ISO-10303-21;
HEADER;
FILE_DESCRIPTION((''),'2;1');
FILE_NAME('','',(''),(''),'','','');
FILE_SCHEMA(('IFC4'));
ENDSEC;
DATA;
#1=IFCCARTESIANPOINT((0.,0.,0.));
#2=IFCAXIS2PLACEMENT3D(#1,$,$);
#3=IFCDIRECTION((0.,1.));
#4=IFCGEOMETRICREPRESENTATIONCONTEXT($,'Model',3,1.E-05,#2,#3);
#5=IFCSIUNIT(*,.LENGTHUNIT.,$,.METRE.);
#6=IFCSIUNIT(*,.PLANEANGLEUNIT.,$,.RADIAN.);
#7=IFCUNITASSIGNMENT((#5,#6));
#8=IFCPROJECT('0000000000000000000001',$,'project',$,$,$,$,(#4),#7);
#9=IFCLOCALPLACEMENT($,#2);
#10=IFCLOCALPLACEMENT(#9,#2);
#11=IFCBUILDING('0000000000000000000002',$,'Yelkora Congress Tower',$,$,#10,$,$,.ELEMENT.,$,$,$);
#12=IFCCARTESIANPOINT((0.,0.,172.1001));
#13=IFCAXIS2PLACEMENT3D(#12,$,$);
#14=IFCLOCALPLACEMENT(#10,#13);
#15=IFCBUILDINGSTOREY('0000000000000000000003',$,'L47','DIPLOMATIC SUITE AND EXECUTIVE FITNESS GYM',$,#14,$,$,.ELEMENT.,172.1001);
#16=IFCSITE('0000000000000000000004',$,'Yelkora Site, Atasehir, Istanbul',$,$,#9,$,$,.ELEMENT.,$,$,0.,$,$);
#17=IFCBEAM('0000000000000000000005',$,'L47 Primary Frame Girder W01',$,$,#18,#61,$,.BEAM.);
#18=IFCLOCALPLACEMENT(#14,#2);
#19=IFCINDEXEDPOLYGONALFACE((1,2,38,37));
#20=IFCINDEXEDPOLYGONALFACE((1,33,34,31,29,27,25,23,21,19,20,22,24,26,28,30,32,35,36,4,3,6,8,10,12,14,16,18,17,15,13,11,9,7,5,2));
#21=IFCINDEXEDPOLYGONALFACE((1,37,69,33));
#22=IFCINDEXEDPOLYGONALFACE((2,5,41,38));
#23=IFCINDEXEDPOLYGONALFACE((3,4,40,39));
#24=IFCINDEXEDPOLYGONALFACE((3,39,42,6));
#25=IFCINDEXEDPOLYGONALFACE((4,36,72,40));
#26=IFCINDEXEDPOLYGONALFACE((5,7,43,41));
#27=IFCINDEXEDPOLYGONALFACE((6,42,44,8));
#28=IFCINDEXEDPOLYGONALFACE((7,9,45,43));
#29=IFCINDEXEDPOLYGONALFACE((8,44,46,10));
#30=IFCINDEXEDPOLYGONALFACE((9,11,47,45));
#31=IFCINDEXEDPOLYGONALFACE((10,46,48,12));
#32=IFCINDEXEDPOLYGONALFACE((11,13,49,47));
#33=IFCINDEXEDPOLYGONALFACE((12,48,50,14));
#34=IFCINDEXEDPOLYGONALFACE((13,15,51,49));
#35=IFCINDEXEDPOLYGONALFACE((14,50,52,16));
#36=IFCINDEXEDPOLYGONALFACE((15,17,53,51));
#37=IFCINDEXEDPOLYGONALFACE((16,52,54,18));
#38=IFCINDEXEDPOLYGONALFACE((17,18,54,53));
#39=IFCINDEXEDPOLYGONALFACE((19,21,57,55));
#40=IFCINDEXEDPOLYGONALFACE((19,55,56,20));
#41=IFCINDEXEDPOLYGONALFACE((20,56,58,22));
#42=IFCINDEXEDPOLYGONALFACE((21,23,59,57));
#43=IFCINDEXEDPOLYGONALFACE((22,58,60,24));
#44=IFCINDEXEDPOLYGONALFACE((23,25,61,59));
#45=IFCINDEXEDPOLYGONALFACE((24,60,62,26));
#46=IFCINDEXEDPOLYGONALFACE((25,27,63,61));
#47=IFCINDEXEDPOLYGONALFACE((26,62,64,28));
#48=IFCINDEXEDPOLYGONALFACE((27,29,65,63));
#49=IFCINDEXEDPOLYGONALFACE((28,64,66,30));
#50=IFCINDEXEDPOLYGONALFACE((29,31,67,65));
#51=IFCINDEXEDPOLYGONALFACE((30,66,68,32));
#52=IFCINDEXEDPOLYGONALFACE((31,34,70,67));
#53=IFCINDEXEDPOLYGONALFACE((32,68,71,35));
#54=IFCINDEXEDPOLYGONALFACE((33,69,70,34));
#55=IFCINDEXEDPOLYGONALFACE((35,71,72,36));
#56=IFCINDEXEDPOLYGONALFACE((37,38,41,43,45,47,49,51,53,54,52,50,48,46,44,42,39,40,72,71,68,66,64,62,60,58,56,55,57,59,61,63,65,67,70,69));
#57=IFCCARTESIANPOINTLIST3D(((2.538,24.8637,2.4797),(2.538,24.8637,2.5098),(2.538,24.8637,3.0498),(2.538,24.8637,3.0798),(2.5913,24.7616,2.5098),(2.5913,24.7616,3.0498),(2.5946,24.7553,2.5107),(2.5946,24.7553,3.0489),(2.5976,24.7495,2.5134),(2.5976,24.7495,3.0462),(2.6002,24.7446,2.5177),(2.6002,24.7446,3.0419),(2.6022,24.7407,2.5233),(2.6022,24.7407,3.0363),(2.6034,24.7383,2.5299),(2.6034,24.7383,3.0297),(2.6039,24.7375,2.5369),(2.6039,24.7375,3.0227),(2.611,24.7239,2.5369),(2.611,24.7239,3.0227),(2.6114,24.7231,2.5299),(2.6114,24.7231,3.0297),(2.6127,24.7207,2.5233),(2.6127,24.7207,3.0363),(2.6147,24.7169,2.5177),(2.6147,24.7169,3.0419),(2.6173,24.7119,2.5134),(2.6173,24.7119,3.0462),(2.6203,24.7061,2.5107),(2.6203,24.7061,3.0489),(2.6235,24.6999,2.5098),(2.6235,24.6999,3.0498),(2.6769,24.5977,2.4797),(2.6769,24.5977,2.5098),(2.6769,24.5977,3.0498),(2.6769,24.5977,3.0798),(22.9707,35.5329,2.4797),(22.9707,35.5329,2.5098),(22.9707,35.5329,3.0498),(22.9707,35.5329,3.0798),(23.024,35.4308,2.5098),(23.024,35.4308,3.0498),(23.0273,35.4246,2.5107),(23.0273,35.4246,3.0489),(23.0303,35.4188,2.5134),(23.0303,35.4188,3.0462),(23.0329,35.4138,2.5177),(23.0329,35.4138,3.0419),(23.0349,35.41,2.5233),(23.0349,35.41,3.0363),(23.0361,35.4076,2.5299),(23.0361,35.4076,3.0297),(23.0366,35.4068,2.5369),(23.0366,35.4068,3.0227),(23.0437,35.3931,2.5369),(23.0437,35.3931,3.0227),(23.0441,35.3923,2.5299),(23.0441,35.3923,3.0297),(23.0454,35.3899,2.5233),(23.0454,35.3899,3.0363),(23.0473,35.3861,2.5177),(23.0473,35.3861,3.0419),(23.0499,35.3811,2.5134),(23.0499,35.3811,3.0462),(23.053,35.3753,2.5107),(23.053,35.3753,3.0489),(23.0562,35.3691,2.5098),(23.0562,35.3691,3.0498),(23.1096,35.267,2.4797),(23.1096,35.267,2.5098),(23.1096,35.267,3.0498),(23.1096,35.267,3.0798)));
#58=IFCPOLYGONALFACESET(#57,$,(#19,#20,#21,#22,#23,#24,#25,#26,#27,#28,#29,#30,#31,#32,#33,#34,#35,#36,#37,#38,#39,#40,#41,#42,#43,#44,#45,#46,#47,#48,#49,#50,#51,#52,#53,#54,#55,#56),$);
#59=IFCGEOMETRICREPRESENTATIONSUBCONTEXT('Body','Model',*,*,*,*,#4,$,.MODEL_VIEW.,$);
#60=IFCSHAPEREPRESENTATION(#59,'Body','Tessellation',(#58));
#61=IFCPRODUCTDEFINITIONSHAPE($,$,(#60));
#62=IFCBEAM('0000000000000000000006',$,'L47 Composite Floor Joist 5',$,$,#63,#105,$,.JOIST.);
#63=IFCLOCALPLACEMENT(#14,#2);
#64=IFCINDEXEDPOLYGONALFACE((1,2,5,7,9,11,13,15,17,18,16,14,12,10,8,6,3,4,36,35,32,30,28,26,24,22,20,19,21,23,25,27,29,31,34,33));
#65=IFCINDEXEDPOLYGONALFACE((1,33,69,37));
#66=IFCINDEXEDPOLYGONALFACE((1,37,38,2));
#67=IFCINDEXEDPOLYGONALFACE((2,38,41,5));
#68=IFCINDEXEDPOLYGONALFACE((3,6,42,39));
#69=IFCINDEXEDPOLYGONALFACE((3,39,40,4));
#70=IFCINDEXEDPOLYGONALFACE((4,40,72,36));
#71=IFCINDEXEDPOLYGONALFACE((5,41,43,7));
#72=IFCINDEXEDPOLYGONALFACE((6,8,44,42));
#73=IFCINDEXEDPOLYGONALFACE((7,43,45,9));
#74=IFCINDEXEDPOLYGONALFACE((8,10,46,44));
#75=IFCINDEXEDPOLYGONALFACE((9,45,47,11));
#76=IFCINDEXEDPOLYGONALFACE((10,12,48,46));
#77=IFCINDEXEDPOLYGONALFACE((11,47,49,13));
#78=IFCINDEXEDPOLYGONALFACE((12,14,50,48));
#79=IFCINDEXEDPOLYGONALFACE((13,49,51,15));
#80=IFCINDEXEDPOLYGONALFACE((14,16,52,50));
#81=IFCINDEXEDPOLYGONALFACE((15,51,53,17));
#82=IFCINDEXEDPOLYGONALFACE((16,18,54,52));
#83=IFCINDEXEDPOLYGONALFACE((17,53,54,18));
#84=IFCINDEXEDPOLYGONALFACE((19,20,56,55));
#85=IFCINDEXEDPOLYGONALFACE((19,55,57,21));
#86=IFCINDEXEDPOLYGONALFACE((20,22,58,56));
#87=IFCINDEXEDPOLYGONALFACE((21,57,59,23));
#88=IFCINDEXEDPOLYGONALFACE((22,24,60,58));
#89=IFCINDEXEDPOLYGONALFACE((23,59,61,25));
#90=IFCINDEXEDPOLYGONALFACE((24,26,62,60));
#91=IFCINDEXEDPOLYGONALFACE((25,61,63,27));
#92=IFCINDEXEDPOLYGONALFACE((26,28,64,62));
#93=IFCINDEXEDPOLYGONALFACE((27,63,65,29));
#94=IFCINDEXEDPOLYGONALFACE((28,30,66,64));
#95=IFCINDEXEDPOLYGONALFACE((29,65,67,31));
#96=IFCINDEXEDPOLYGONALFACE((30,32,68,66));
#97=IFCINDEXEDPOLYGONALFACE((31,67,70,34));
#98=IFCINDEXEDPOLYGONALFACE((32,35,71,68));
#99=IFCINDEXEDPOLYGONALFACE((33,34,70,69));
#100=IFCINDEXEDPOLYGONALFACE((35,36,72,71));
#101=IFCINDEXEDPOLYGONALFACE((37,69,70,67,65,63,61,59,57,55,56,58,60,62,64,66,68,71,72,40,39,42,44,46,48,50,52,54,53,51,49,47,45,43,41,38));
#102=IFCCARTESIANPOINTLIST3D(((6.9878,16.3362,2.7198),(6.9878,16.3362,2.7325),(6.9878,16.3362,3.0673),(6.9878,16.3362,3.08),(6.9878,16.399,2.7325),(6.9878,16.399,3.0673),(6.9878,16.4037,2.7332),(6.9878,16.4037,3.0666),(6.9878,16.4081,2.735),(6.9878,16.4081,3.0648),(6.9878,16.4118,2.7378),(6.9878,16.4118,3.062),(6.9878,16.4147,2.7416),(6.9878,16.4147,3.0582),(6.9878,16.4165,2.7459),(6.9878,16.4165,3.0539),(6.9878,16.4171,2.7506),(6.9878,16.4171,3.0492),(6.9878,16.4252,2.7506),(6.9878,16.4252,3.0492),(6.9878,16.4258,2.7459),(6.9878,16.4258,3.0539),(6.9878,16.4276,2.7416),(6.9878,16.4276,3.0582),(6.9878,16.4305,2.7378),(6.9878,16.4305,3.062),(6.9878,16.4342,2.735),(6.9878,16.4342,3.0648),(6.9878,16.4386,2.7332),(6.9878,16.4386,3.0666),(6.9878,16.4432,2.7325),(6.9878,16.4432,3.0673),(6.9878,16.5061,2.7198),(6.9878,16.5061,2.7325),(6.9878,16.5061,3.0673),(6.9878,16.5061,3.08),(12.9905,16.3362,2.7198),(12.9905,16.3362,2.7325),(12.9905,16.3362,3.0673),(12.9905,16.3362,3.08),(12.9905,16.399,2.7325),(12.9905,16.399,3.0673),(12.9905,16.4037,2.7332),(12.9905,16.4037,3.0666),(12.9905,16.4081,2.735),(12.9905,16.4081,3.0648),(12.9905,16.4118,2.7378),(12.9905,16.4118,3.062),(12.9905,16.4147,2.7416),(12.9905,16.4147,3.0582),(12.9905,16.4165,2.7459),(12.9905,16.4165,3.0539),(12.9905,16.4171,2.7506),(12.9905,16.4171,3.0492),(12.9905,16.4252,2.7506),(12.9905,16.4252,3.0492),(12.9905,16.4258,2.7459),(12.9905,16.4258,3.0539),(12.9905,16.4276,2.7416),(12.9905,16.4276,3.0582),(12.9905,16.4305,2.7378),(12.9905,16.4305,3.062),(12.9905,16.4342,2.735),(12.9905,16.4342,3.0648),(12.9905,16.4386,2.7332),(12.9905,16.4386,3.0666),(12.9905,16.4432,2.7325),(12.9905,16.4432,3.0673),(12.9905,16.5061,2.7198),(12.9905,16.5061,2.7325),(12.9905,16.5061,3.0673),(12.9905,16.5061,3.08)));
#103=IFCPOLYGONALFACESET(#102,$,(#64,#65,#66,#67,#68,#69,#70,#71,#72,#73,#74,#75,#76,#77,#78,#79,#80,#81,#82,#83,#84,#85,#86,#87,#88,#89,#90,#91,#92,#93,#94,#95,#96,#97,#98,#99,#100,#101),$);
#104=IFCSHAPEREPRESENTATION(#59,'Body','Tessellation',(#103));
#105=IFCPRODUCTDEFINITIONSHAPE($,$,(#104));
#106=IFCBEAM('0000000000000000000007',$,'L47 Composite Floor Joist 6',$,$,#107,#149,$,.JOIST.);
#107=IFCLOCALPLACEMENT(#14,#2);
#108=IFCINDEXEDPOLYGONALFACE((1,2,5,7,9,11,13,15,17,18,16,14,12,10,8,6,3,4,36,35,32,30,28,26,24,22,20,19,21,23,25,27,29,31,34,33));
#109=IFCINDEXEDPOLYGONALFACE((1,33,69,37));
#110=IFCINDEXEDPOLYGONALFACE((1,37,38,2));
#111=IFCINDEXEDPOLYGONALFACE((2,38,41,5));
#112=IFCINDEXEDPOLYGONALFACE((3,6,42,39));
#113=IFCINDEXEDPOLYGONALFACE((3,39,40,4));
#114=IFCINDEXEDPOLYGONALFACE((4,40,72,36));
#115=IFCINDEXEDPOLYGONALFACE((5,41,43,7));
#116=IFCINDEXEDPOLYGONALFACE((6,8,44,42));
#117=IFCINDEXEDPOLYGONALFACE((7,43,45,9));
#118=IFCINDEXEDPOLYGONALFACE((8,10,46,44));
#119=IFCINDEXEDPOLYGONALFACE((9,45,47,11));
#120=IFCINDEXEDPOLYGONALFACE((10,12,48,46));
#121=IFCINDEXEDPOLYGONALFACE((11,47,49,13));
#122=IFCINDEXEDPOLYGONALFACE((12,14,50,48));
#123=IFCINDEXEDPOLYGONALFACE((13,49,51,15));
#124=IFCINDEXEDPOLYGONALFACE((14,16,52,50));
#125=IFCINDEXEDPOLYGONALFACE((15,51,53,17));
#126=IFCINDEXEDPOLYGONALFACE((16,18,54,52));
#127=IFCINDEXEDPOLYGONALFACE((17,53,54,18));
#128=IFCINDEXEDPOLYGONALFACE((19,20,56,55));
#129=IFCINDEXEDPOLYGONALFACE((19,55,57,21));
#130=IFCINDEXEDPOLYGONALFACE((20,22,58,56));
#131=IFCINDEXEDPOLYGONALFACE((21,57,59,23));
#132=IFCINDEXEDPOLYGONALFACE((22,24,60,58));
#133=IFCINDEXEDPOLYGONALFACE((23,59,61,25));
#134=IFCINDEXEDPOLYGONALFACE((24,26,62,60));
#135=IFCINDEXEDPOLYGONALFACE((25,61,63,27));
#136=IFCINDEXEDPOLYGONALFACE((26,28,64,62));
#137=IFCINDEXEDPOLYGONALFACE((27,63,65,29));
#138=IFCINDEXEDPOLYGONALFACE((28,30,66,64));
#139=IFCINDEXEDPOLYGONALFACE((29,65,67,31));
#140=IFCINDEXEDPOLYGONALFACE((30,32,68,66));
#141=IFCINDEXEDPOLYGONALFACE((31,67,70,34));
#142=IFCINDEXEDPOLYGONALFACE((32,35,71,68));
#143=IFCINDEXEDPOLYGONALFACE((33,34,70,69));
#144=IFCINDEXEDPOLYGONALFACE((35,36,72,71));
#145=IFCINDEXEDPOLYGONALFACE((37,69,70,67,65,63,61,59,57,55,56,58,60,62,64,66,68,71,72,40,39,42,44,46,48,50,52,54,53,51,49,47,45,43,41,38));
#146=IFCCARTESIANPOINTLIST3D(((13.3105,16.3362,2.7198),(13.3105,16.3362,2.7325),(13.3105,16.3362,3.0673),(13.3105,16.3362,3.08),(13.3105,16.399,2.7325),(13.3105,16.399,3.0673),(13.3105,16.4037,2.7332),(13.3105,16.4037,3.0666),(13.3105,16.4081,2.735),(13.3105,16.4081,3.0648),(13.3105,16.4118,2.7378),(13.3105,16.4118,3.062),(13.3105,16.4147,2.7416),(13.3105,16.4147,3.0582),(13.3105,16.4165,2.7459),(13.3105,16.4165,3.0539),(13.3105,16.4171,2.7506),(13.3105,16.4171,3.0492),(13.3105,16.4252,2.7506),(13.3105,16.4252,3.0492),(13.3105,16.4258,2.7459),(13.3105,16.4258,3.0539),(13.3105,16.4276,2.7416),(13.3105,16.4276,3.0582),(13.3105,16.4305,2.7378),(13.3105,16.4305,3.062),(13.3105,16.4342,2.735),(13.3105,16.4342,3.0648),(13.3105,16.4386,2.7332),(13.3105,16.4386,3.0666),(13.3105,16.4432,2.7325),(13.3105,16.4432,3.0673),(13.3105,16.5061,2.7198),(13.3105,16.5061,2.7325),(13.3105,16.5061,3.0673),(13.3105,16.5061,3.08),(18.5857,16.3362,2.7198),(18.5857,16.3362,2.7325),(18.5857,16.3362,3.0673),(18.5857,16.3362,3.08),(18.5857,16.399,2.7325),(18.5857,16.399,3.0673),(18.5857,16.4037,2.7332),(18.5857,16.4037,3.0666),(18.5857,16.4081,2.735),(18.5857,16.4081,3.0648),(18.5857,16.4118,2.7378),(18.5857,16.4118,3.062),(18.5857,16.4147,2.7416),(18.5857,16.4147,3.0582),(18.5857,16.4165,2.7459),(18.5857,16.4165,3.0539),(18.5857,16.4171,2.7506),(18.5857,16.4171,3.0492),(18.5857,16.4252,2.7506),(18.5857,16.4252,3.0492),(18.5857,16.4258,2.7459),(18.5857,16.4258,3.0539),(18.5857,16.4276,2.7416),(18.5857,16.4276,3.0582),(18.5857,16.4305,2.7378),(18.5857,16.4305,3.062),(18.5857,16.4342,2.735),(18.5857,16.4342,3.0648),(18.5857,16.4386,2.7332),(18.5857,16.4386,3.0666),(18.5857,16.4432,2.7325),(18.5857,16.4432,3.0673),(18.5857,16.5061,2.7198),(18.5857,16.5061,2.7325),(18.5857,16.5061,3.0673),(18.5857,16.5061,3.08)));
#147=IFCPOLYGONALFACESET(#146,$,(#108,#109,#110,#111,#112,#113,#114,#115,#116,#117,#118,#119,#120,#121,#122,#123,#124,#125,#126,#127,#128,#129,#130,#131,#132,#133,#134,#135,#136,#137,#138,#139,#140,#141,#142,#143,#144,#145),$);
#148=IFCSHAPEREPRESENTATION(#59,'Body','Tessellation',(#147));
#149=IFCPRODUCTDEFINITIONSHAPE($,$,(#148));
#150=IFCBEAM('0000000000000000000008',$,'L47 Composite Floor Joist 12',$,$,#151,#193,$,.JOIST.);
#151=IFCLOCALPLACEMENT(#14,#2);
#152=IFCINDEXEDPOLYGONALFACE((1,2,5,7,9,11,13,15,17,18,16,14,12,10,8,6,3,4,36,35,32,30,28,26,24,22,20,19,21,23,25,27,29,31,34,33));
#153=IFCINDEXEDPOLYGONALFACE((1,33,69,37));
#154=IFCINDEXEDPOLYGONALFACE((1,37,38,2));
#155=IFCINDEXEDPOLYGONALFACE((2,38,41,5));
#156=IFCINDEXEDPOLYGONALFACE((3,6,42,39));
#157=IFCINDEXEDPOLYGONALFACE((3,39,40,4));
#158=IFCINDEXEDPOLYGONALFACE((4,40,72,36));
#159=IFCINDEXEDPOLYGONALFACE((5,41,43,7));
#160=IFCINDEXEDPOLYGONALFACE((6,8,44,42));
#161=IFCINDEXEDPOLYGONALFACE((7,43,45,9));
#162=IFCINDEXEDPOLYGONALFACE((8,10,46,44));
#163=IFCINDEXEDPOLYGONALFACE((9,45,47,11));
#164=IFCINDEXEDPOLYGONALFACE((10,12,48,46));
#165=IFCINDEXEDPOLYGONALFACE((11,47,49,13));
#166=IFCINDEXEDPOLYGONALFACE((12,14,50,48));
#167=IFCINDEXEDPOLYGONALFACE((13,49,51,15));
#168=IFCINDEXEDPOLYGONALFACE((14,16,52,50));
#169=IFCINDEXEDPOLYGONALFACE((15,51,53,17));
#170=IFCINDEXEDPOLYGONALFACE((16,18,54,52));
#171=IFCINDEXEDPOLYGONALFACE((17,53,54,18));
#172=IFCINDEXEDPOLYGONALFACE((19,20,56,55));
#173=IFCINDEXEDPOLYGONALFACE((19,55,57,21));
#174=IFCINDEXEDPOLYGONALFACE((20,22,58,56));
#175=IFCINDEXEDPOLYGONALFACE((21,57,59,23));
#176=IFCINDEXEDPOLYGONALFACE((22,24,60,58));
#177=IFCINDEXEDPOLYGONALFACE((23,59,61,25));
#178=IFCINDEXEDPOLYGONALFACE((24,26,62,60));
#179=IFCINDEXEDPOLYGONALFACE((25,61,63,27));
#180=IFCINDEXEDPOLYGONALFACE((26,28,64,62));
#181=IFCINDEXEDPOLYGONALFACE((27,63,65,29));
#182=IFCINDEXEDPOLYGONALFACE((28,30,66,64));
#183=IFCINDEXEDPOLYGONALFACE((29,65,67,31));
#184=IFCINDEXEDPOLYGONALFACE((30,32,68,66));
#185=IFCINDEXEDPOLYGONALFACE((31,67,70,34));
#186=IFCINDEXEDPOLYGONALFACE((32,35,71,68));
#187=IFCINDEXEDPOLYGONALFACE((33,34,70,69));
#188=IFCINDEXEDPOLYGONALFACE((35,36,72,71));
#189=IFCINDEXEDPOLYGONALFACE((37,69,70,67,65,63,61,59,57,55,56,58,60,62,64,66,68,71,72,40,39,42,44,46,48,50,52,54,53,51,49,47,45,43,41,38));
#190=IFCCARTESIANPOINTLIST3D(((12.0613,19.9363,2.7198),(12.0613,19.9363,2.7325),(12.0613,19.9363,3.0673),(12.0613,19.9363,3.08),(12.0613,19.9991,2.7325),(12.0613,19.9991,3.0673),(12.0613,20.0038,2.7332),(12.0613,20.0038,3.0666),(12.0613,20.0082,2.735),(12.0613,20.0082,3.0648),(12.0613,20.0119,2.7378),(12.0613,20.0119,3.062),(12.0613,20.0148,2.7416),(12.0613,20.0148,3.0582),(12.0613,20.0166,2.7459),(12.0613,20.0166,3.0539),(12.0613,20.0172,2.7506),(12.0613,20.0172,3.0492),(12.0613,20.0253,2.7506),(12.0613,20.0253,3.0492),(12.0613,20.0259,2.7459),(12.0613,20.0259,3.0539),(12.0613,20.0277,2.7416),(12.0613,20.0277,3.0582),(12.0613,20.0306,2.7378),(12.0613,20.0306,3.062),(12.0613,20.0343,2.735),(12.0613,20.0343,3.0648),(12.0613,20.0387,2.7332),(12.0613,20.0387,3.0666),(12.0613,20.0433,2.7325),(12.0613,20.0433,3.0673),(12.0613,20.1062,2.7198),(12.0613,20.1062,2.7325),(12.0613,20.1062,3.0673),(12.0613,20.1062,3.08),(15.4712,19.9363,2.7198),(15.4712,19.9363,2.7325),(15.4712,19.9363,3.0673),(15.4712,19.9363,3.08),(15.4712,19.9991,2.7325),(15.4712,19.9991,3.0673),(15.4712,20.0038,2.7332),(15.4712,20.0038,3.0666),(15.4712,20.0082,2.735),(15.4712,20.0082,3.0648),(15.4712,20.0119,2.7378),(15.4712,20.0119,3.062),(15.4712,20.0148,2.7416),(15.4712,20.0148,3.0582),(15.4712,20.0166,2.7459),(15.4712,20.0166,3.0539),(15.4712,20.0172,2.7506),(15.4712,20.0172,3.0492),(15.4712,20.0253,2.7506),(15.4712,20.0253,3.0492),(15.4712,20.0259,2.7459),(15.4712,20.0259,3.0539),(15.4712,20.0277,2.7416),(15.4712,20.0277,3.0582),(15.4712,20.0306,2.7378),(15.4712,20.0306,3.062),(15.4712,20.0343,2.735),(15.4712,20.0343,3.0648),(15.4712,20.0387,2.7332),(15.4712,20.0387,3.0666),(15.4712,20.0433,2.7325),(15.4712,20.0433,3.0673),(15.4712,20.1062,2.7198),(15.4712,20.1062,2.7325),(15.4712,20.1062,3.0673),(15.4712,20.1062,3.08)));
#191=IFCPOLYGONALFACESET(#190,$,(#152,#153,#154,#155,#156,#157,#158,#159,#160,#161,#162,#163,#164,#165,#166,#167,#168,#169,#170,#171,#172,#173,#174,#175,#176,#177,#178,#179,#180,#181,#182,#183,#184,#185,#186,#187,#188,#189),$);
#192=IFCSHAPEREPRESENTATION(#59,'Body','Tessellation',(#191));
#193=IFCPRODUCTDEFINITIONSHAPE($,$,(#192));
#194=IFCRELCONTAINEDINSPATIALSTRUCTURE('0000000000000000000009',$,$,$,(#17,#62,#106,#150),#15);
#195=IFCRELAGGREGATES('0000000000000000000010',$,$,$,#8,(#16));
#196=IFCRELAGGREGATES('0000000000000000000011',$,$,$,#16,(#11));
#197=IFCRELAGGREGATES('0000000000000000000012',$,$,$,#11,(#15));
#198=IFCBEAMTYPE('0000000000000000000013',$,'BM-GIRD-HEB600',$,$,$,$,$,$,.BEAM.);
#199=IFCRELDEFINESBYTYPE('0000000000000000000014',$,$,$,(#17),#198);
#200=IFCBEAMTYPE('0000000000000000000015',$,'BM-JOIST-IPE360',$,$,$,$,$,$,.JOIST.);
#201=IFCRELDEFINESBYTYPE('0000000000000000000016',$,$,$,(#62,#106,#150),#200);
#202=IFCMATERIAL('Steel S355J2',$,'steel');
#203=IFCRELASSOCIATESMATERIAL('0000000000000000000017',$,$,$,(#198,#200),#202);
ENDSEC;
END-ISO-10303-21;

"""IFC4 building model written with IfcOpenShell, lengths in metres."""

from ifc_helpers import new_model, si_unit, direction, frame, origin, origin_2d, place, context, subcontext, project, spatial, i_section, extrude, material, material_profile, profile_set, type_object, element, save


model = new_model("IFC4")

# Units and contexts
model_context = context("Model", 3, precision=1e-05, world=origin(), true_north=direction((0.0, 1.0)))
body_context = subcontext(model_context, "Body", "Model", "MODEL_VIEW")
ifc_project = project(units=[si_unit("LENGTHUNIT", "METRE"), si_unit("PLANEANGLEUNIT", "RADIAN")], contexts=[model_context])

# Site, building, storey
site_placement = place(None, origin())
site = spatial("IfcSite", under=ifc_project, at=site_placement, Name="Yelkora Site, Atasehir, Istanbul", CompositionType="ELEMENT", RefElevation=0.0)
building_placement = place(site_placement, origin())
building = spatial("IfcBuilding", under=site, at=building_placement, Name="Yelkora Congress Tower", CompositionType="ELEMENT")
storey_placement = place(building_placement, frame((0.0, 0.0, 172.1001)))
storey = spatial("IfcBuildingStorey", under=building, at=storey_placement, Name="L47", Description="DIPLOMATIC SUITE AND EXECUTIVE FITNESS GYM", CompositionType="ELEMENT", Elevation=172.1001)

# Beams
ifc_material_1 = material(Name="Steel S355J2", Category="steel")
ifc_material_profile_1 = material_profile(ifc_material_1, i_section(OverallWidth=0.3, OverallDepth=0.6001, WebThickness=0.0154, FlangeThickness=0.03, FilletRadius=0.0271, at=origin_2d()), Name="HEB 600")
ifc_profile_set_1 = profile_set([ifc_material_profile_1], Name="Steel S355J2")
beam_type_1 = type_object("IfcBeamType", Name="BM-GIRD-HEB600", PredefinedType="BEAM", material=ifc_profile_set_1)
beam_1_placement = place(storey_placement, frame((2.6074, 24.7307, 2.7798), z_axis=(0.88643, 0.462862, 0.0), x_axis=(-0.462862, 0.88643, 0.0)))
element("IfcBeam", 1, at=beam_1_placement, inside=storey, type_object=beam_type_1, Name="L47 Primary Frame Girder W01", PredefinedType="BEAM", context=body_context, shape_type="SweptSolid", body=[
    extrude(i_section(OverallWidth=0.3, OverallDepth=0.6001, WebThickness=0.0154, FlangeThickness=0.03, FilletRadius=0.0271, at=origin_2d()), origin(), (0.0, 0.0, 1.0), 23.0505),
])
ifc_material_profile_2 = material_profile(ifc_material_1, i_section(OverallWidth=0.1699, OverallDepth=0.3601, WebThickness=0.0081, FlangeThickness=0.0127, FilletRadius=0.0181, at=origin_2d()), Name="IPE 360")
ifc_profile_set_2 = profile_set([ifc_material_profile_2], Name="Steel S355J2")
beam_type_2 = type_object("IfcBeamType", Name="BM-JOIST-IPE360", PredefinedType="JOIST", material=ifc_profile_set_2)
beam_2_placement = place(storey_placement, frame((6.9878, 16.4211, 2.8999), z_axis=(1.0, 0.0, 0.0), x_axis=(0.0, 1.0, 0.0)))
element("IfcBeam", 2, at=beam_2_placement, inside=storey, type_object=beam_type_2, Name="L47 Composite Floor Joist 5", PredefinedType="JOIST", context=body_context, shape_type="SweptSolid", body=[
    extrude(i_section(OverallWidth=0.1699, OverallDepth=0.3601, WebThickness=0.0081, FlangeThickness=0.0127, FilletRadius=0.0181, at=origin_2d()), origin(), (0.0, 0.0, 1.0), 6.0027),
])
beam_3_placement = place(storey_placement, frame((13.3105, 16.4211, 2.8999), z_axis=(1.0, 0.0, 0.0), x_axis=(0.0, 1.0, 0.0)))
element("IfcBeam", 3, at=beam_3_placement, inside=storey, type_object=beam_type_2, Name="L47 Composite Floor Joist 6", PredefinedType="JOIST", context=body_context, shape_type="SweptSolid", body=[
    extrude(i_section(OverallWidth=0.1699, OverallDepth=0.3601, WebThickness=0.0081, FlangeThickness=0.0127, FilletRadius=0.0181, at=origin_2d()), origin(), (0.0, 0.0, 1.0), 5.2751),
])
beam_4_placement = place(storey_placement, frame((12.0613, 20.0212, 2.8999), z_axis=(1.0, 0.0, 0.0), x_axis=(0.0, 1.0, 0.0)))
element("IfcBeam", 4, at=beam_4_placement, inside=storey, type_object=beam_type_2, Name="L47 Composite Floor Joist 12", PredefinedType="JOIST", context=body_context, shape_type="SweptSolid", body=[
    extrude(i_section(OverallWidth=0.1699, OverallDepth=0.3601, WebThickness=0.0081, FlangeThickness=0.0127, FilletRadius=0.0181, at=origin_2d()), origin(), (0.0, 0.0, 1.0), 3.4099),
])

save(model, "model.ifc")
